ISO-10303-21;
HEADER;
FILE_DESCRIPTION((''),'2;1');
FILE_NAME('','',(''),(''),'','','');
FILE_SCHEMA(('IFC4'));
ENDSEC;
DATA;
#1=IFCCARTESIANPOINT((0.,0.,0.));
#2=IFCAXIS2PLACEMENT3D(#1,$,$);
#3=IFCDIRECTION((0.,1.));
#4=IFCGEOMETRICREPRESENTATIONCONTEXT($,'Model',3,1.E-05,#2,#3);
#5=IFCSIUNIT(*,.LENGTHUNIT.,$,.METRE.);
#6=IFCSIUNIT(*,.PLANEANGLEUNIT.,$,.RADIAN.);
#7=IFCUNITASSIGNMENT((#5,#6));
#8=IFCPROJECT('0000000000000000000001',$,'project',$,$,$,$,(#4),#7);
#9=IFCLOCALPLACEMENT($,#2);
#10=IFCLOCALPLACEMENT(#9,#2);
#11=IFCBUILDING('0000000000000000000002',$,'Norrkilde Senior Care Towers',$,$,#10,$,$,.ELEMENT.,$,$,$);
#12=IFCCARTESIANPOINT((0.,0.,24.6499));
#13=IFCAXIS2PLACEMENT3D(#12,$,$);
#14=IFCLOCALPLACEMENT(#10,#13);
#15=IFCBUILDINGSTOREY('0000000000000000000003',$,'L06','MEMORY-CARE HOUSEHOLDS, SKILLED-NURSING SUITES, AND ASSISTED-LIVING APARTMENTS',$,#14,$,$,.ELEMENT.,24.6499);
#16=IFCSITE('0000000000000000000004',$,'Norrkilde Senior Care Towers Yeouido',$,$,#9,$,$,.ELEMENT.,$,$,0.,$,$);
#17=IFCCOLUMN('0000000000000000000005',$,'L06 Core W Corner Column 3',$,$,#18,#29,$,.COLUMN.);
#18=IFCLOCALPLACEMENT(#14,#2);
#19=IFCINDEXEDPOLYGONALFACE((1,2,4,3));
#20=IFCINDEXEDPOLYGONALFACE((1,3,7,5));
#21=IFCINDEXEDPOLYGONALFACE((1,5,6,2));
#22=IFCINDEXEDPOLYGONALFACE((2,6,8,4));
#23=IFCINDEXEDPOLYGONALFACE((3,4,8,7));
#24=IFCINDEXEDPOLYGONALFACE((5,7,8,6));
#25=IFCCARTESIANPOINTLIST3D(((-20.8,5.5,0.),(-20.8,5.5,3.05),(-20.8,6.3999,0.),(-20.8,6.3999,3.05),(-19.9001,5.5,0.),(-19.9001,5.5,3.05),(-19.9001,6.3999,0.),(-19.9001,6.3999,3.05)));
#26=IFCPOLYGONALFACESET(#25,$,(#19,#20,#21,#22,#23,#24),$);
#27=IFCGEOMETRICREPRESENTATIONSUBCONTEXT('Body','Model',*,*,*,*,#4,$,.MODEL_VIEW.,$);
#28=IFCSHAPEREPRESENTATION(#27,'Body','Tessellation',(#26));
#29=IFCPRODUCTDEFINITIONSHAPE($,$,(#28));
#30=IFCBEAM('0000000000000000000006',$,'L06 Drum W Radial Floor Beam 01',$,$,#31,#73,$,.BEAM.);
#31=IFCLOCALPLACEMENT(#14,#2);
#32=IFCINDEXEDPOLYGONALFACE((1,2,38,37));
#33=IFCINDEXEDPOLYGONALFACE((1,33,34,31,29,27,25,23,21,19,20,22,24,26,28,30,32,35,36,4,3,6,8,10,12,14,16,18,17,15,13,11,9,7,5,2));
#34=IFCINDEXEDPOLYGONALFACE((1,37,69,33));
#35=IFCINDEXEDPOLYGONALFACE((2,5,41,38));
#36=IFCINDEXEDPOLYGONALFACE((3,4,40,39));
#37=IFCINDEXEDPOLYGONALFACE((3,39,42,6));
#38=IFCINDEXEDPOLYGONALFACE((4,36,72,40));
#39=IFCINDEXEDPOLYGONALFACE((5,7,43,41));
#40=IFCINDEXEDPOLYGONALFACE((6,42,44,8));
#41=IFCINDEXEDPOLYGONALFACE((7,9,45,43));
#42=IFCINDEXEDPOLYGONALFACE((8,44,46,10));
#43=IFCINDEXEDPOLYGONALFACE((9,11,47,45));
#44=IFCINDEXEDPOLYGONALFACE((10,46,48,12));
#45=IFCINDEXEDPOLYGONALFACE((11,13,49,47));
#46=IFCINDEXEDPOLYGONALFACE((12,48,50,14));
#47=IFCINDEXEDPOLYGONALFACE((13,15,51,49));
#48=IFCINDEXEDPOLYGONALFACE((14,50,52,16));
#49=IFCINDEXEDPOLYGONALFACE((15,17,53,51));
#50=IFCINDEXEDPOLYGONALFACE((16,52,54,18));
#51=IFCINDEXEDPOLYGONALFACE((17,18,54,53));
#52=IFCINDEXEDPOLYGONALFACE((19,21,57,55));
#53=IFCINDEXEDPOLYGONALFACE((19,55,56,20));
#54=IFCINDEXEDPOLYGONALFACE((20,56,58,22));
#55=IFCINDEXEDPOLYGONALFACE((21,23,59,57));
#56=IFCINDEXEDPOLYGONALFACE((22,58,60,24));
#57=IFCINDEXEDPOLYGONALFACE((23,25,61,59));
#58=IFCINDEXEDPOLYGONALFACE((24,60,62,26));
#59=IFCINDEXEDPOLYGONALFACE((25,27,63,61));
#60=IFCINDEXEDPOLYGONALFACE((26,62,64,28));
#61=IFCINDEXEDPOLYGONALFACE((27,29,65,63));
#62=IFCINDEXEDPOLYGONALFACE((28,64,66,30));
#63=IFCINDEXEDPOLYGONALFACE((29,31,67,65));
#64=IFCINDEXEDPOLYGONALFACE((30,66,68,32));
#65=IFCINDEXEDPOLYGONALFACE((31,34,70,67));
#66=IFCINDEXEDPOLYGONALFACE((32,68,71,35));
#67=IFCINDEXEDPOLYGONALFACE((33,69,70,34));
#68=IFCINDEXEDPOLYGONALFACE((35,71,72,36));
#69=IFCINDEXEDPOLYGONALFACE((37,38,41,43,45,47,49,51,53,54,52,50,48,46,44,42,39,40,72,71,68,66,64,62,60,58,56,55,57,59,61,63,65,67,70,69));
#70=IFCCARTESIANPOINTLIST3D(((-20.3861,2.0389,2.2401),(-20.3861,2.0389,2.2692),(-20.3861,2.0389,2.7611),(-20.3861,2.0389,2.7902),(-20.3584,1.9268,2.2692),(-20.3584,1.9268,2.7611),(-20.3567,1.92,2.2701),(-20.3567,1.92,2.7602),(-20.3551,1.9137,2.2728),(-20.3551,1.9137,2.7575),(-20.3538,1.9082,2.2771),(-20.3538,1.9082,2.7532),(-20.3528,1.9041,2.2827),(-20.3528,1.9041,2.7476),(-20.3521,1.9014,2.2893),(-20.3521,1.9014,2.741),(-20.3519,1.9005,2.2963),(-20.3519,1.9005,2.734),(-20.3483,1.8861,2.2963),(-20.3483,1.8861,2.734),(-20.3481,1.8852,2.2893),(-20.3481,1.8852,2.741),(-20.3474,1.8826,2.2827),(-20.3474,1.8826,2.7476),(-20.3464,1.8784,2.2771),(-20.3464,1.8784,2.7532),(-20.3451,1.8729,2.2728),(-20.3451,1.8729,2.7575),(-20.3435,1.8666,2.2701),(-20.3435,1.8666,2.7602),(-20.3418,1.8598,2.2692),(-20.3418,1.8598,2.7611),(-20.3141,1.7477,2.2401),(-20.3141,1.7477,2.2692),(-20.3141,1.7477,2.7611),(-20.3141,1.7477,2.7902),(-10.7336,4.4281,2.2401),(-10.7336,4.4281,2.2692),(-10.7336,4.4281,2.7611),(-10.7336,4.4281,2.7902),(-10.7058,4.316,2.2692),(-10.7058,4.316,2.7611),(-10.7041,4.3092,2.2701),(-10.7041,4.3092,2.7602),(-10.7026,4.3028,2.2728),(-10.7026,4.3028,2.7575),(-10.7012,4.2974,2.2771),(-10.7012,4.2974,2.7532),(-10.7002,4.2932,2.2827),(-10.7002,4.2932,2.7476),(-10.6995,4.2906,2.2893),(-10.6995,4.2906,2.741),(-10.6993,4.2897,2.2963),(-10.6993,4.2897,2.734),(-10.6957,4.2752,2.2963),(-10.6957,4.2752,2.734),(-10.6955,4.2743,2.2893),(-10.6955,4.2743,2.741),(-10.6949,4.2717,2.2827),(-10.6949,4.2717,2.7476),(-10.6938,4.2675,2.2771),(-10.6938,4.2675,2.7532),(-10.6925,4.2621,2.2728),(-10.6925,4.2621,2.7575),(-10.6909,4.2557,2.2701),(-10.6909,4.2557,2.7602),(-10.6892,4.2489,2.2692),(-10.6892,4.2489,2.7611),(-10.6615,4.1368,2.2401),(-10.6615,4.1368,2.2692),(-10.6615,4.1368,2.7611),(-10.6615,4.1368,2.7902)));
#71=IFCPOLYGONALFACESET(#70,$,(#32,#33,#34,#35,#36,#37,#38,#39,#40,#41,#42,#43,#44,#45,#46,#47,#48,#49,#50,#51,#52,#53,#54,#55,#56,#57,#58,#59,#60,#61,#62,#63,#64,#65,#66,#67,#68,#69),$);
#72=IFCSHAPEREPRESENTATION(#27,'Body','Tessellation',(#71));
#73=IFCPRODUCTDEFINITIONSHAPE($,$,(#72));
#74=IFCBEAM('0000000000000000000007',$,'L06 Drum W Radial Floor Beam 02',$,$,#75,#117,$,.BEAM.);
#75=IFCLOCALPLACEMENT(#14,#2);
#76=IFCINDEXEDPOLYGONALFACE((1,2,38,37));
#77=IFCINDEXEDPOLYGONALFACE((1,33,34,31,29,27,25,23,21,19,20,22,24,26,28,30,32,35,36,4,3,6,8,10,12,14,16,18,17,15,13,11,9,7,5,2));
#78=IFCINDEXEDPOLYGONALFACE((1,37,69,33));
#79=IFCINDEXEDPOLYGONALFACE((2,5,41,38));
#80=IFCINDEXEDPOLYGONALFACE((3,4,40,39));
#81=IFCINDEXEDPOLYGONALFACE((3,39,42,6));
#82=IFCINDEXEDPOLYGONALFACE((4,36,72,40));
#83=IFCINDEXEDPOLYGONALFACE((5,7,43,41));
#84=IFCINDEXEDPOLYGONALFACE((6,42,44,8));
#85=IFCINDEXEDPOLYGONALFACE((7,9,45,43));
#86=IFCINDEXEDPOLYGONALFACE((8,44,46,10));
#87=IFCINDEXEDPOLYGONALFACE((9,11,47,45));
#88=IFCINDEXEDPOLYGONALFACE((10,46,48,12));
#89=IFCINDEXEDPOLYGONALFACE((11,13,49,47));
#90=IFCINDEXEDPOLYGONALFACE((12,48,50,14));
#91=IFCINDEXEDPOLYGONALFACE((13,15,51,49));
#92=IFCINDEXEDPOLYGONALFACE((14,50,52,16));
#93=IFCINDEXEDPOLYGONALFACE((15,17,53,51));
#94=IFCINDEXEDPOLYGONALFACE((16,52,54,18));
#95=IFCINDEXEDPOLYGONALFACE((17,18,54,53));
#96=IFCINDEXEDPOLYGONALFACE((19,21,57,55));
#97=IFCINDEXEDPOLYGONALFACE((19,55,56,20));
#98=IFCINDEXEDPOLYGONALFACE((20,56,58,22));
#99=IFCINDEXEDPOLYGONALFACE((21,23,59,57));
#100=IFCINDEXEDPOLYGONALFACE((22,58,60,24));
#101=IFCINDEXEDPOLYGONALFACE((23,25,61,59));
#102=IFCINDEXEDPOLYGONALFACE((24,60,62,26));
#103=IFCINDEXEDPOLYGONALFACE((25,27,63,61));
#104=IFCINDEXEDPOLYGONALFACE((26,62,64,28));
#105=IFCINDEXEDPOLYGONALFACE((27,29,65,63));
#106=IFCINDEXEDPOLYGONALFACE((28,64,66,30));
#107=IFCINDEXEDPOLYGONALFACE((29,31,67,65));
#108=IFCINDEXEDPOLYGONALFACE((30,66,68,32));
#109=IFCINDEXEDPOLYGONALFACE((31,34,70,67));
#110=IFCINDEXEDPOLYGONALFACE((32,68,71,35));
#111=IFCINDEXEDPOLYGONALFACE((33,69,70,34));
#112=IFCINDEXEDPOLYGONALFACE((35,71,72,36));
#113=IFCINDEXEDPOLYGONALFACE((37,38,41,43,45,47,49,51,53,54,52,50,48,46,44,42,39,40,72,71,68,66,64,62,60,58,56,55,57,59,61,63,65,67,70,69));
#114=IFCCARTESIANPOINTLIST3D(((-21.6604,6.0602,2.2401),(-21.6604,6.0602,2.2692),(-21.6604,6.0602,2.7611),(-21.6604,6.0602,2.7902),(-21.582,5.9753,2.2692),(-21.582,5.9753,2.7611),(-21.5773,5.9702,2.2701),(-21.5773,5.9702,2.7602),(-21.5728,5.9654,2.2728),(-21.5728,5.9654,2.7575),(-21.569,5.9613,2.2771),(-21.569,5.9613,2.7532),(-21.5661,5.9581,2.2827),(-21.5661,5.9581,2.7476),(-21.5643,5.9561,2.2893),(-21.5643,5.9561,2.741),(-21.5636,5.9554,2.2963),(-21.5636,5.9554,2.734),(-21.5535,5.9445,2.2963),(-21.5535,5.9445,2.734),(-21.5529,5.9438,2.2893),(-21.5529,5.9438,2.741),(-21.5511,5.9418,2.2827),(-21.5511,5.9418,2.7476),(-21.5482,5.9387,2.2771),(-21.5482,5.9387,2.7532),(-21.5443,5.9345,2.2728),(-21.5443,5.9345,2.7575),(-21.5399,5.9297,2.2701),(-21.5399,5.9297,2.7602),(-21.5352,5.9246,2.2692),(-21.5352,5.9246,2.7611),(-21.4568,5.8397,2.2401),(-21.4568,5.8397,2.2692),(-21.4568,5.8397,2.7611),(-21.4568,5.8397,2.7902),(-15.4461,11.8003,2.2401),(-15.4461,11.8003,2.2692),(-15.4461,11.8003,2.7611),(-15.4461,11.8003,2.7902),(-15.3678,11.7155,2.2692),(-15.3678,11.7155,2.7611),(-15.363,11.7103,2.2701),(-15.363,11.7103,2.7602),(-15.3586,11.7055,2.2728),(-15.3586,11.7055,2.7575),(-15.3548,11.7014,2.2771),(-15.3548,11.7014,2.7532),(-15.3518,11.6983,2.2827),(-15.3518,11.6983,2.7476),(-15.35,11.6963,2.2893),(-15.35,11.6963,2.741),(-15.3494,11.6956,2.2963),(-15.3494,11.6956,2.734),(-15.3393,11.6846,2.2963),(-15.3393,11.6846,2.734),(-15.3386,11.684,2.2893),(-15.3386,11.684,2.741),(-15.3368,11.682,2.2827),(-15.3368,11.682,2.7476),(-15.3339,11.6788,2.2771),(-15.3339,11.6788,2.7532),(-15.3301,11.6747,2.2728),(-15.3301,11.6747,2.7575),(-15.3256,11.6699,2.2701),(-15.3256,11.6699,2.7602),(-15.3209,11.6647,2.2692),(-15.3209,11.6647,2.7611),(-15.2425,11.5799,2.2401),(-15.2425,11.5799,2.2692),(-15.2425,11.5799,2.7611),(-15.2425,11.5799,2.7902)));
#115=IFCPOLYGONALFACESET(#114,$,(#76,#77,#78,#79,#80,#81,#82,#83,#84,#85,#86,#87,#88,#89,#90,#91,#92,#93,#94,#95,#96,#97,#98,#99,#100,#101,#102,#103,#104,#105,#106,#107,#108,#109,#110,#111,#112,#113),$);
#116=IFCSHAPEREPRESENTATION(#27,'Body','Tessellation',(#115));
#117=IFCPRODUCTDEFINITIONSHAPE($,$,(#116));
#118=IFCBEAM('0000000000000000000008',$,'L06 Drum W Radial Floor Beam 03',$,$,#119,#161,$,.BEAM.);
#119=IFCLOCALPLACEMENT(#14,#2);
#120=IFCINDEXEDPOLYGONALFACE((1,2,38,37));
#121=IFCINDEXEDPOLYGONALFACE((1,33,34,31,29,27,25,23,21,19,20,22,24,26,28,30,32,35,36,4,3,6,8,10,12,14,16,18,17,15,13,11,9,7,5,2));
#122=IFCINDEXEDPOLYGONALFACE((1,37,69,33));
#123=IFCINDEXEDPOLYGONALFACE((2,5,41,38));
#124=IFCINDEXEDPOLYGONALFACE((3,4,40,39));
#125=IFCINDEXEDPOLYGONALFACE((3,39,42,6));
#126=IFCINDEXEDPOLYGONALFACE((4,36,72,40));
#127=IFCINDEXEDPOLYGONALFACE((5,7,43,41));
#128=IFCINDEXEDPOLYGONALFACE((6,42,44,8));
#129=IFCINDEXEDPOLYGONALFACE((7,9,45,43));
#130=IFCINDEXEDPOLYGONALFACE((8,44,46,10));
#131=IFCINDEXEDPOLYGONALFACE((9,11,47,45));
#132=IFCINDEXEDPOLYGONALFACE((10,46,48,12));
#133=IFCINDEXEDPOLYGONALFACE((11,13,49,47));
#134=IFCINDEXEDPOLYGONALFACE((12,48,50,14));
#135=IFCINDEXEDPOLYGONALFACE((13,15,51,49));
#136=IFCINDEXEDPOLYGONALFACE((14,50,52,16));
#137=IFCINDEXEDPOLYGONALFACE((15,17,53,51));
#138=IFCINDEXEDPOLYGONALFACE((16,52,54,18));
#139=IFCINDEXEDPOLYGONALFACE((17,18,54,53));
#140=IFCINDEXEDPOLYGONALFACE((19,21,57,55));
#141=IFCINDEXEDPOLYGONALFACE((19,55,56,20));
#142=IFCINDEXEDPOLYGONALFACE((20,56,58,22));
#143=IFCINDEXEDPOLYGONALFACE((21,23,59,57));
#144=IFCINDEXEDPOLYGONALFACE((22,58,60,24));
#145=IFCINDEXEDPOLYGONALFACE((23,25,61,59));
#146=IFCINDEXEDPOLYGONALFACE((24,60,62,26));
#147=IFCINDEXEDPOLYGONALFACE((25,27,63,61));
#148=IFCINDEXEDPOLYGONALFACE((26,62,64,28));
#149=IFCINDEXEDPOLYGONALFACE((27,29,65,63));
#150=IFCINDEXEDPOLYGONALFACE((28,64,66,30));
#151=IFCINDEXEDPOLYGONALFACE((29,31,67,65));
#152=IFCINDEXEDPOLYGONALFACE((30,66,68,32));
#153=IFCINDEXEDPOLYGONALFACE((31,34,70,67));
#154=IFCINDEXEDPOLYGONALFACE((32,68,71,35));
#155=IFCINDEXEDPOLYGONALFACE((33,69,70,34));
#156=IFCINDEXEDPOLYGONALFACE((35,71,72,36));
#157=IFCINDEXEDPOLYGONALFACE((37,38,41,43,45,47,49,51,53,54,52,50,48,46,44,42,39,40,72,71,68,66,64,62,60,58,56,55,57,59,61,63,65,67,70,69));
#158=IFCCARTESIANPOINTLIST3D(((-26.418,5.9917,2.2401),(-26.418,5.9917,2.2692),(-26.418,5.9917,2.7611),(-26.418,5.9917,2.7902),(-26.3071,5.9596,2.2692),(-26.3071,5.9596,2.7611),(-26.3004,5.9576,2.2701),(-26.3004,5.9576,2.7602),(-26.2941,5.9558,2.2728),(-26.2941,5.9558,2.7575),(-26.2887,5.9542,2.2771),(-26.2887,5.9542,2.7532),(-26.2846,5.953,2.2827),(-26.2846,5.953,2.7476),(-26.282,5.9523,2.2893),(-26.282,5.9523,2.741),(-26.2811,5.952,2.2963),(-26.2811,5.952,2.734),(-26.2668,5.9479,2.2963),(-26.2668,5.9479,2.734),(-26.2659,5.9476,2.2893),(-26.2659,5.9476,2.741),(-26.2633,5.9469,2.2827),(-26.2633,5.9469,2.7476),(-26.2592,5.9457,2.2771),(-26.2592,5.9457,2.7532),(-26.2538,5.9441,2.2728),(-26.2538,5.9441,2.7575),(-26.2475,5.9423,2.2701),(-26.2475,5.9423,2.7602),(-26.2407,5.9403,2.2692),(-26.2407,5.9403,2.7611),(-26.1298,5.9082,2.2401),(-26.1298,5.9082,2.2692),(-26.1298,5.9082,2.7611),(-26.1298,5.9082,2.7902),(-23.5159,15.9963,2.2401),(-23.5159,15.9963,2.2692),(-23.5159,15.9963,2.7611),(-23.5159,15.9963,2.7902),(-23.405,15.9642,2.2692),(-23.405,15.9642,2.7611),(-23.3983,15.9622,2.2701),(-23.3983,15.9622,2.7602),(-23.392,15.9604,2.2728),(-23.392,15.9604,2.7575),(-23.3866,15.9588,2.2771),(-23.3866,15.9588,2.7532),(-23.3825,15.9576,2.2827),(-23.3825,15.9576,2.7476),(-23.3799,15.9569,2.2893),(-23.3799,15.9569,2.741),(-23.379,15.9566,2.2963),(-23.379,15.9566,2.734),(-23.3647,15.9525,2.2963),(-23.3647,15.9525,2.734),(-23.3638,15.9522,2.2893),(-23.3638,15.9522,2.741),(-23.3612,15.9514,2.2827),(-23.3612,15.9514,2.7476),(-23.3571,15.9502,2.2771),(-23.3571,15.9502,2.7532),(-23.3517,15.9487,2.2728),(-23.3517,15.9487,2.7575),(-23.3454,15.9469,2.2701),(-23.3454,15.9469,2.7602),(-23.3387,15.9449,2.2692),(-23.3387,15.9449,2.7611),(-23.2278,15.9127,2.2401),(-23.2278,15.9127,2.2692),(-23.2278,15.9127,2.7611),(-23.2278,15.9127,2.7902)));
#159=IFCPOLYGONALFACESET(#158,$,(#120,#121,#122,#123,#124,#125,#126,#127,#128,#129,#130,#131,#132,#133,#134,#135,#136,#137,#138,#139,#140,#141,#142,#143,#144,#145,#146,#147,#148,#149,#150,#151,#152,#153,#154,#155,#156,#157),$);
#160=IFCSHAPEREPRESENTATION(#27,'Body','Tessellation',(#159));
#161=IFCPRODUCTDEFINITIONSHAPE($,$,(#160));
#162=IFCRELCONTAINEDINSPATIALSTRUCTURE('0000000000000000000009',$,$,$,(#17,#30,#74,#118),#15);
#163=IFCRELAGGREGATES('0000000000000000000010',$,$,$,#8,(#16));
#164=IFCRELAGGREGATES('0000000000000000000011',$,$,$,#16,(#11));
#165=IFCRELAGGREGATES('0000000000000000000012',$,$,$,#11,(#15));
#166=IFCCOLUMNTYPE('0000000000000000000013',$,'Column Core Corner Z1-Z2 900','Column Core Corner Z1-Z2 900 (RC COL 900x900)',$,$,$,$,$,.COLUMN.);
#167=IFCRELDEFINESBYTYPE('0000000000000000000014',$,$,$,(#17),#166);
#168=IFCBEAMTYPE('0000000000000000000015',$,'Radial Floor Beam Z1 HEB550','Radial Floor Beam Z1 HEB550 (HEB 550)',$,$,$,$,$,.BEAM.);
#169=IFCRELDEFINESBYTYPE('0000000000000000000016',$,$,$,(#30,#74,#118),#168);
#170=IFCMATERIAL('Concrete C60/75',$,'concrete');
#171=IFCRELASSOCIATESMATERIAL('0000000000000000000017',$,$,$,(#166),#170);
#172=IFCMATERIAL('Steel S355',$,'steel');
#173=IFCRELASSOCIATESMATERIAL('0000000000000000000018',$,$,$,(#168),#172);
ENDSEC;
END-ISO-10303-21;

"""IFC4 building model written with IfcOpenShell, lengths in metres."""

from ifc_helpers import new_model, si_unit, direction, frame, origin, origin_2d, place, context, subcontext, project, spatial, rectangle, i_section, extrude, source, transform, mapped, material, material_profile, profile_set, type_object, type_shapes, element, save


model = new_model("IFC4")

# Units and contexts
model_context = context("Model", 3, precision=1e-05, world=origin(), true_north=direction((0.0, 1.0)))
body_context = subcontext(model_context, "Body", "Model", "MODEL_VIEW")
ifc_project = project(units=[si_unit("LENGTHUNIT", "METRE"), si_unit("PLANEANGLEUNIT", "RADIAN")], contexts=[model_context])

# Site, building, storey
site_placement = place(None, origin())
site = spatial("IfcSite", under=ifc_project, at=site_placement, Name="Norrkilde Senior Care Towers Yeouido", CompositionType="ELEMENT", RefElevation=0.0)
building_placement = place(site_placement, origin())
building = spatial("IfcBuilding", under=site, at=building_placement, Name="Norrkilde Senior Care Towers", CompositionType="ELEMENT")
storey_placement = place(building_placement, frame((0.0, 0.0, 24.6499)))
storey = spatial("IfcBuildingStorey", under=building, at=storey_placement, Name="L06", Description="MEMORY-CARE HOUSEHOLDS, SKILLED-NURSING SUITES, AND ASSISTED-LIVING APARTMENTS", CompositionType="ELEMENT", Elevation=24.6499)

# Column
ifc_material_1 = material(Name="Concrete C60/75", Category="concrete")
ifc_material_profile_1 = material_profile(ifc_material_1, rectangle(XDim=0.8999, YDim=0.8999, at=origin_2d()), Name="RC COL 900x900")
ifc_profile_set_1 = profile_set([ifc_material_profile_1], Name="Concrete C60/75")
column_type = type_object("IfcColumnType", Name="Column Core Corner Z1-Z2 900", Description="Column Core Corner Z1-Z2 900 (RC COL 900x900)", PredefinedType="COLUMN", material=ifc_profile_set_1)
shared_shape_1 = source(origin(), body_context, "Body", "SweptSolid", [
    extrude(rectangle(XDim=0.8999, YDim=0.8999, at=origin_2d()), origin(), (0.0, 0.0, 1.0), 3.05),
])
type_shapes(column_type, [shared_shape_1])
column_placement = place(storey_placement, frame((-20.3501, 5.95, 0.0), z_axis=(0.0, 0.0, 1.0), x_axis=(1.0, 0.0, 0.0)))
element("IfcColumn", 1, at=column_placement, inside=storey, type_object=column_type, Name="L06 Core W Corner Column 3", PredefinedType="COLUMN", context=body_context, shape_type="MappedRepresentation", body=[
    mapped(shared_shape_1, transform((0.0, 0.0, 0.0), x_axis=(1.0, 0.0, 0.0), y_axis=(0.0, 1.0, 0.0), z_axis=(0.0, 0.0, 1.0), scale=1.0)),
])

# Beams
ifc_material_2 = material(Name="Steel S355", Category="steel")
ifc_material_profile_2 = material_profile(ifc_material_2, i_section(OverallWidth=0.3, OverallDepth=0.55, WebThickness=0.0149, FlangeThickness=0.0291, FilletRadius=0.0271, at=origin_2d()), Name="HEB 550")
ifc_profile_set_2 = profile_set([ifc_material_profile_2], Name="Steel S355")
beam_type = type_object("IfcBeamType", Name="Radial Floor Beam Z1 HEB550", Description="Radial Floor Beam Z1 HEB550 (HEB 550)", PredefinedType="BEAM", material=ifc_profile_set_2)
shared_shape_2 = source(origin(), body_context, "Body", "SweptSolid", [
    extrude(i_section(OverallWidth=0.3, OverallDepth=0.55, WebThickness=0.0149, FlangeThickness=0.0291, FilletRadius=0.0271, at=origin_2d()), origin(), (0.0, 0.0, 1.0), 9.9438),
])
beam_1_placement = place(storey_placement, frame((-20.3501, 1.8933, 2.5151), z_axis=(0.970707, 0.240265, 0.0), x_axis=(-0.240265, 0.970707, 0.0)))
element("IfcBeam", 2, at=beam_1_placement, inside=storey, type_object=beam_type, Name="L06 Drum W Radial Floor Beam 01", PredefinedType="BEAM", context=body_context, shape_type="MappedRepresentation", body=[
    mapped(shared_shape_2, transform((0.0, 0.0, 0.0), x_axis=(1.0, 0.0, 0.0), y_axis=(0.0, 1.0, 0.0), z_axis=(0.0, 0.0, 1.0), scale=1.0)),
])
shared_shape_3 = source(origin(), body_context, "Body", "SweptSolid", [
    extrude(i_section(OverallWidth=0.3, OverallDepth=0.55, WebThickness=0.0149, FlangeThickness=0.0291, FilletRadius=0.0271, at=origin_2d()), origin(), (0.0, 0.0, 1.0), 8.4597),
])
beam_2_placement = place(storey_placement, frame((-21.5586, 5.95, 2.5151), z_axis=(0.734573, 0.678529, 0.0), x_axis=(-0.678529, 0.734573, 0.0)))
element("IfcBeam", 3, at=beam_2_placement, inside=storey, type_object=beam_type, Name="L06 Drum W Radial Floor Beam 02", PredefinedType="BEAM", context=body_context, shape_type="MappedRepresentation", body=[
    mapped(shared_shape_3, transform((0.0, 0.0, 0.0), x_axis=(1.0, 0.0, 0.0), y_axis=(0.0, 1.0, 0.0), z_axis=(0.0, 0.0, 1.0), scale=1.0)),
])
shared_shape_4 = source(origin(), body_context, "Body", "SweptSolid", [
    extrude(i_section(OverallWidth=0.3, OverallDepth=0.55, WebThickness=0.0149, FlangeThickness=0.0291, FilletRadius=0.0271, at=origin_2d()), origin(), (0.0, 0.0, 1.0), 10.417),
])
type_shapes(beam_type, [shared_shape_2, shared_shape_3, shared_shape_4])
beam_3_placement = place(storey_placement, frame((-26.2739, 5.95, 2.5151), z_axis=(0.278591, 0.96041, 0.0), x_axis=(-0.96041, 0.278591, 0.0)))
element("IfcBeam", 4, at=beam_3_placement, inside=storey, type_object=beam_type, Name="L06 Drum W Radial Floor Beam 03", PredefinedType="BEAM", context=body_context, shape_type="MappedRepresentation", body=[
    mapped(shared_shape_4, transform((0.0, 0.0, 0.0), x_axis=(1.0, 0.0, 0.0), y_axis=(0.0, 1.0, 0.0), z_axis=(0.0, 0.0, 1.0), scale=1.0)),
])

save(model, "model.ifc")
